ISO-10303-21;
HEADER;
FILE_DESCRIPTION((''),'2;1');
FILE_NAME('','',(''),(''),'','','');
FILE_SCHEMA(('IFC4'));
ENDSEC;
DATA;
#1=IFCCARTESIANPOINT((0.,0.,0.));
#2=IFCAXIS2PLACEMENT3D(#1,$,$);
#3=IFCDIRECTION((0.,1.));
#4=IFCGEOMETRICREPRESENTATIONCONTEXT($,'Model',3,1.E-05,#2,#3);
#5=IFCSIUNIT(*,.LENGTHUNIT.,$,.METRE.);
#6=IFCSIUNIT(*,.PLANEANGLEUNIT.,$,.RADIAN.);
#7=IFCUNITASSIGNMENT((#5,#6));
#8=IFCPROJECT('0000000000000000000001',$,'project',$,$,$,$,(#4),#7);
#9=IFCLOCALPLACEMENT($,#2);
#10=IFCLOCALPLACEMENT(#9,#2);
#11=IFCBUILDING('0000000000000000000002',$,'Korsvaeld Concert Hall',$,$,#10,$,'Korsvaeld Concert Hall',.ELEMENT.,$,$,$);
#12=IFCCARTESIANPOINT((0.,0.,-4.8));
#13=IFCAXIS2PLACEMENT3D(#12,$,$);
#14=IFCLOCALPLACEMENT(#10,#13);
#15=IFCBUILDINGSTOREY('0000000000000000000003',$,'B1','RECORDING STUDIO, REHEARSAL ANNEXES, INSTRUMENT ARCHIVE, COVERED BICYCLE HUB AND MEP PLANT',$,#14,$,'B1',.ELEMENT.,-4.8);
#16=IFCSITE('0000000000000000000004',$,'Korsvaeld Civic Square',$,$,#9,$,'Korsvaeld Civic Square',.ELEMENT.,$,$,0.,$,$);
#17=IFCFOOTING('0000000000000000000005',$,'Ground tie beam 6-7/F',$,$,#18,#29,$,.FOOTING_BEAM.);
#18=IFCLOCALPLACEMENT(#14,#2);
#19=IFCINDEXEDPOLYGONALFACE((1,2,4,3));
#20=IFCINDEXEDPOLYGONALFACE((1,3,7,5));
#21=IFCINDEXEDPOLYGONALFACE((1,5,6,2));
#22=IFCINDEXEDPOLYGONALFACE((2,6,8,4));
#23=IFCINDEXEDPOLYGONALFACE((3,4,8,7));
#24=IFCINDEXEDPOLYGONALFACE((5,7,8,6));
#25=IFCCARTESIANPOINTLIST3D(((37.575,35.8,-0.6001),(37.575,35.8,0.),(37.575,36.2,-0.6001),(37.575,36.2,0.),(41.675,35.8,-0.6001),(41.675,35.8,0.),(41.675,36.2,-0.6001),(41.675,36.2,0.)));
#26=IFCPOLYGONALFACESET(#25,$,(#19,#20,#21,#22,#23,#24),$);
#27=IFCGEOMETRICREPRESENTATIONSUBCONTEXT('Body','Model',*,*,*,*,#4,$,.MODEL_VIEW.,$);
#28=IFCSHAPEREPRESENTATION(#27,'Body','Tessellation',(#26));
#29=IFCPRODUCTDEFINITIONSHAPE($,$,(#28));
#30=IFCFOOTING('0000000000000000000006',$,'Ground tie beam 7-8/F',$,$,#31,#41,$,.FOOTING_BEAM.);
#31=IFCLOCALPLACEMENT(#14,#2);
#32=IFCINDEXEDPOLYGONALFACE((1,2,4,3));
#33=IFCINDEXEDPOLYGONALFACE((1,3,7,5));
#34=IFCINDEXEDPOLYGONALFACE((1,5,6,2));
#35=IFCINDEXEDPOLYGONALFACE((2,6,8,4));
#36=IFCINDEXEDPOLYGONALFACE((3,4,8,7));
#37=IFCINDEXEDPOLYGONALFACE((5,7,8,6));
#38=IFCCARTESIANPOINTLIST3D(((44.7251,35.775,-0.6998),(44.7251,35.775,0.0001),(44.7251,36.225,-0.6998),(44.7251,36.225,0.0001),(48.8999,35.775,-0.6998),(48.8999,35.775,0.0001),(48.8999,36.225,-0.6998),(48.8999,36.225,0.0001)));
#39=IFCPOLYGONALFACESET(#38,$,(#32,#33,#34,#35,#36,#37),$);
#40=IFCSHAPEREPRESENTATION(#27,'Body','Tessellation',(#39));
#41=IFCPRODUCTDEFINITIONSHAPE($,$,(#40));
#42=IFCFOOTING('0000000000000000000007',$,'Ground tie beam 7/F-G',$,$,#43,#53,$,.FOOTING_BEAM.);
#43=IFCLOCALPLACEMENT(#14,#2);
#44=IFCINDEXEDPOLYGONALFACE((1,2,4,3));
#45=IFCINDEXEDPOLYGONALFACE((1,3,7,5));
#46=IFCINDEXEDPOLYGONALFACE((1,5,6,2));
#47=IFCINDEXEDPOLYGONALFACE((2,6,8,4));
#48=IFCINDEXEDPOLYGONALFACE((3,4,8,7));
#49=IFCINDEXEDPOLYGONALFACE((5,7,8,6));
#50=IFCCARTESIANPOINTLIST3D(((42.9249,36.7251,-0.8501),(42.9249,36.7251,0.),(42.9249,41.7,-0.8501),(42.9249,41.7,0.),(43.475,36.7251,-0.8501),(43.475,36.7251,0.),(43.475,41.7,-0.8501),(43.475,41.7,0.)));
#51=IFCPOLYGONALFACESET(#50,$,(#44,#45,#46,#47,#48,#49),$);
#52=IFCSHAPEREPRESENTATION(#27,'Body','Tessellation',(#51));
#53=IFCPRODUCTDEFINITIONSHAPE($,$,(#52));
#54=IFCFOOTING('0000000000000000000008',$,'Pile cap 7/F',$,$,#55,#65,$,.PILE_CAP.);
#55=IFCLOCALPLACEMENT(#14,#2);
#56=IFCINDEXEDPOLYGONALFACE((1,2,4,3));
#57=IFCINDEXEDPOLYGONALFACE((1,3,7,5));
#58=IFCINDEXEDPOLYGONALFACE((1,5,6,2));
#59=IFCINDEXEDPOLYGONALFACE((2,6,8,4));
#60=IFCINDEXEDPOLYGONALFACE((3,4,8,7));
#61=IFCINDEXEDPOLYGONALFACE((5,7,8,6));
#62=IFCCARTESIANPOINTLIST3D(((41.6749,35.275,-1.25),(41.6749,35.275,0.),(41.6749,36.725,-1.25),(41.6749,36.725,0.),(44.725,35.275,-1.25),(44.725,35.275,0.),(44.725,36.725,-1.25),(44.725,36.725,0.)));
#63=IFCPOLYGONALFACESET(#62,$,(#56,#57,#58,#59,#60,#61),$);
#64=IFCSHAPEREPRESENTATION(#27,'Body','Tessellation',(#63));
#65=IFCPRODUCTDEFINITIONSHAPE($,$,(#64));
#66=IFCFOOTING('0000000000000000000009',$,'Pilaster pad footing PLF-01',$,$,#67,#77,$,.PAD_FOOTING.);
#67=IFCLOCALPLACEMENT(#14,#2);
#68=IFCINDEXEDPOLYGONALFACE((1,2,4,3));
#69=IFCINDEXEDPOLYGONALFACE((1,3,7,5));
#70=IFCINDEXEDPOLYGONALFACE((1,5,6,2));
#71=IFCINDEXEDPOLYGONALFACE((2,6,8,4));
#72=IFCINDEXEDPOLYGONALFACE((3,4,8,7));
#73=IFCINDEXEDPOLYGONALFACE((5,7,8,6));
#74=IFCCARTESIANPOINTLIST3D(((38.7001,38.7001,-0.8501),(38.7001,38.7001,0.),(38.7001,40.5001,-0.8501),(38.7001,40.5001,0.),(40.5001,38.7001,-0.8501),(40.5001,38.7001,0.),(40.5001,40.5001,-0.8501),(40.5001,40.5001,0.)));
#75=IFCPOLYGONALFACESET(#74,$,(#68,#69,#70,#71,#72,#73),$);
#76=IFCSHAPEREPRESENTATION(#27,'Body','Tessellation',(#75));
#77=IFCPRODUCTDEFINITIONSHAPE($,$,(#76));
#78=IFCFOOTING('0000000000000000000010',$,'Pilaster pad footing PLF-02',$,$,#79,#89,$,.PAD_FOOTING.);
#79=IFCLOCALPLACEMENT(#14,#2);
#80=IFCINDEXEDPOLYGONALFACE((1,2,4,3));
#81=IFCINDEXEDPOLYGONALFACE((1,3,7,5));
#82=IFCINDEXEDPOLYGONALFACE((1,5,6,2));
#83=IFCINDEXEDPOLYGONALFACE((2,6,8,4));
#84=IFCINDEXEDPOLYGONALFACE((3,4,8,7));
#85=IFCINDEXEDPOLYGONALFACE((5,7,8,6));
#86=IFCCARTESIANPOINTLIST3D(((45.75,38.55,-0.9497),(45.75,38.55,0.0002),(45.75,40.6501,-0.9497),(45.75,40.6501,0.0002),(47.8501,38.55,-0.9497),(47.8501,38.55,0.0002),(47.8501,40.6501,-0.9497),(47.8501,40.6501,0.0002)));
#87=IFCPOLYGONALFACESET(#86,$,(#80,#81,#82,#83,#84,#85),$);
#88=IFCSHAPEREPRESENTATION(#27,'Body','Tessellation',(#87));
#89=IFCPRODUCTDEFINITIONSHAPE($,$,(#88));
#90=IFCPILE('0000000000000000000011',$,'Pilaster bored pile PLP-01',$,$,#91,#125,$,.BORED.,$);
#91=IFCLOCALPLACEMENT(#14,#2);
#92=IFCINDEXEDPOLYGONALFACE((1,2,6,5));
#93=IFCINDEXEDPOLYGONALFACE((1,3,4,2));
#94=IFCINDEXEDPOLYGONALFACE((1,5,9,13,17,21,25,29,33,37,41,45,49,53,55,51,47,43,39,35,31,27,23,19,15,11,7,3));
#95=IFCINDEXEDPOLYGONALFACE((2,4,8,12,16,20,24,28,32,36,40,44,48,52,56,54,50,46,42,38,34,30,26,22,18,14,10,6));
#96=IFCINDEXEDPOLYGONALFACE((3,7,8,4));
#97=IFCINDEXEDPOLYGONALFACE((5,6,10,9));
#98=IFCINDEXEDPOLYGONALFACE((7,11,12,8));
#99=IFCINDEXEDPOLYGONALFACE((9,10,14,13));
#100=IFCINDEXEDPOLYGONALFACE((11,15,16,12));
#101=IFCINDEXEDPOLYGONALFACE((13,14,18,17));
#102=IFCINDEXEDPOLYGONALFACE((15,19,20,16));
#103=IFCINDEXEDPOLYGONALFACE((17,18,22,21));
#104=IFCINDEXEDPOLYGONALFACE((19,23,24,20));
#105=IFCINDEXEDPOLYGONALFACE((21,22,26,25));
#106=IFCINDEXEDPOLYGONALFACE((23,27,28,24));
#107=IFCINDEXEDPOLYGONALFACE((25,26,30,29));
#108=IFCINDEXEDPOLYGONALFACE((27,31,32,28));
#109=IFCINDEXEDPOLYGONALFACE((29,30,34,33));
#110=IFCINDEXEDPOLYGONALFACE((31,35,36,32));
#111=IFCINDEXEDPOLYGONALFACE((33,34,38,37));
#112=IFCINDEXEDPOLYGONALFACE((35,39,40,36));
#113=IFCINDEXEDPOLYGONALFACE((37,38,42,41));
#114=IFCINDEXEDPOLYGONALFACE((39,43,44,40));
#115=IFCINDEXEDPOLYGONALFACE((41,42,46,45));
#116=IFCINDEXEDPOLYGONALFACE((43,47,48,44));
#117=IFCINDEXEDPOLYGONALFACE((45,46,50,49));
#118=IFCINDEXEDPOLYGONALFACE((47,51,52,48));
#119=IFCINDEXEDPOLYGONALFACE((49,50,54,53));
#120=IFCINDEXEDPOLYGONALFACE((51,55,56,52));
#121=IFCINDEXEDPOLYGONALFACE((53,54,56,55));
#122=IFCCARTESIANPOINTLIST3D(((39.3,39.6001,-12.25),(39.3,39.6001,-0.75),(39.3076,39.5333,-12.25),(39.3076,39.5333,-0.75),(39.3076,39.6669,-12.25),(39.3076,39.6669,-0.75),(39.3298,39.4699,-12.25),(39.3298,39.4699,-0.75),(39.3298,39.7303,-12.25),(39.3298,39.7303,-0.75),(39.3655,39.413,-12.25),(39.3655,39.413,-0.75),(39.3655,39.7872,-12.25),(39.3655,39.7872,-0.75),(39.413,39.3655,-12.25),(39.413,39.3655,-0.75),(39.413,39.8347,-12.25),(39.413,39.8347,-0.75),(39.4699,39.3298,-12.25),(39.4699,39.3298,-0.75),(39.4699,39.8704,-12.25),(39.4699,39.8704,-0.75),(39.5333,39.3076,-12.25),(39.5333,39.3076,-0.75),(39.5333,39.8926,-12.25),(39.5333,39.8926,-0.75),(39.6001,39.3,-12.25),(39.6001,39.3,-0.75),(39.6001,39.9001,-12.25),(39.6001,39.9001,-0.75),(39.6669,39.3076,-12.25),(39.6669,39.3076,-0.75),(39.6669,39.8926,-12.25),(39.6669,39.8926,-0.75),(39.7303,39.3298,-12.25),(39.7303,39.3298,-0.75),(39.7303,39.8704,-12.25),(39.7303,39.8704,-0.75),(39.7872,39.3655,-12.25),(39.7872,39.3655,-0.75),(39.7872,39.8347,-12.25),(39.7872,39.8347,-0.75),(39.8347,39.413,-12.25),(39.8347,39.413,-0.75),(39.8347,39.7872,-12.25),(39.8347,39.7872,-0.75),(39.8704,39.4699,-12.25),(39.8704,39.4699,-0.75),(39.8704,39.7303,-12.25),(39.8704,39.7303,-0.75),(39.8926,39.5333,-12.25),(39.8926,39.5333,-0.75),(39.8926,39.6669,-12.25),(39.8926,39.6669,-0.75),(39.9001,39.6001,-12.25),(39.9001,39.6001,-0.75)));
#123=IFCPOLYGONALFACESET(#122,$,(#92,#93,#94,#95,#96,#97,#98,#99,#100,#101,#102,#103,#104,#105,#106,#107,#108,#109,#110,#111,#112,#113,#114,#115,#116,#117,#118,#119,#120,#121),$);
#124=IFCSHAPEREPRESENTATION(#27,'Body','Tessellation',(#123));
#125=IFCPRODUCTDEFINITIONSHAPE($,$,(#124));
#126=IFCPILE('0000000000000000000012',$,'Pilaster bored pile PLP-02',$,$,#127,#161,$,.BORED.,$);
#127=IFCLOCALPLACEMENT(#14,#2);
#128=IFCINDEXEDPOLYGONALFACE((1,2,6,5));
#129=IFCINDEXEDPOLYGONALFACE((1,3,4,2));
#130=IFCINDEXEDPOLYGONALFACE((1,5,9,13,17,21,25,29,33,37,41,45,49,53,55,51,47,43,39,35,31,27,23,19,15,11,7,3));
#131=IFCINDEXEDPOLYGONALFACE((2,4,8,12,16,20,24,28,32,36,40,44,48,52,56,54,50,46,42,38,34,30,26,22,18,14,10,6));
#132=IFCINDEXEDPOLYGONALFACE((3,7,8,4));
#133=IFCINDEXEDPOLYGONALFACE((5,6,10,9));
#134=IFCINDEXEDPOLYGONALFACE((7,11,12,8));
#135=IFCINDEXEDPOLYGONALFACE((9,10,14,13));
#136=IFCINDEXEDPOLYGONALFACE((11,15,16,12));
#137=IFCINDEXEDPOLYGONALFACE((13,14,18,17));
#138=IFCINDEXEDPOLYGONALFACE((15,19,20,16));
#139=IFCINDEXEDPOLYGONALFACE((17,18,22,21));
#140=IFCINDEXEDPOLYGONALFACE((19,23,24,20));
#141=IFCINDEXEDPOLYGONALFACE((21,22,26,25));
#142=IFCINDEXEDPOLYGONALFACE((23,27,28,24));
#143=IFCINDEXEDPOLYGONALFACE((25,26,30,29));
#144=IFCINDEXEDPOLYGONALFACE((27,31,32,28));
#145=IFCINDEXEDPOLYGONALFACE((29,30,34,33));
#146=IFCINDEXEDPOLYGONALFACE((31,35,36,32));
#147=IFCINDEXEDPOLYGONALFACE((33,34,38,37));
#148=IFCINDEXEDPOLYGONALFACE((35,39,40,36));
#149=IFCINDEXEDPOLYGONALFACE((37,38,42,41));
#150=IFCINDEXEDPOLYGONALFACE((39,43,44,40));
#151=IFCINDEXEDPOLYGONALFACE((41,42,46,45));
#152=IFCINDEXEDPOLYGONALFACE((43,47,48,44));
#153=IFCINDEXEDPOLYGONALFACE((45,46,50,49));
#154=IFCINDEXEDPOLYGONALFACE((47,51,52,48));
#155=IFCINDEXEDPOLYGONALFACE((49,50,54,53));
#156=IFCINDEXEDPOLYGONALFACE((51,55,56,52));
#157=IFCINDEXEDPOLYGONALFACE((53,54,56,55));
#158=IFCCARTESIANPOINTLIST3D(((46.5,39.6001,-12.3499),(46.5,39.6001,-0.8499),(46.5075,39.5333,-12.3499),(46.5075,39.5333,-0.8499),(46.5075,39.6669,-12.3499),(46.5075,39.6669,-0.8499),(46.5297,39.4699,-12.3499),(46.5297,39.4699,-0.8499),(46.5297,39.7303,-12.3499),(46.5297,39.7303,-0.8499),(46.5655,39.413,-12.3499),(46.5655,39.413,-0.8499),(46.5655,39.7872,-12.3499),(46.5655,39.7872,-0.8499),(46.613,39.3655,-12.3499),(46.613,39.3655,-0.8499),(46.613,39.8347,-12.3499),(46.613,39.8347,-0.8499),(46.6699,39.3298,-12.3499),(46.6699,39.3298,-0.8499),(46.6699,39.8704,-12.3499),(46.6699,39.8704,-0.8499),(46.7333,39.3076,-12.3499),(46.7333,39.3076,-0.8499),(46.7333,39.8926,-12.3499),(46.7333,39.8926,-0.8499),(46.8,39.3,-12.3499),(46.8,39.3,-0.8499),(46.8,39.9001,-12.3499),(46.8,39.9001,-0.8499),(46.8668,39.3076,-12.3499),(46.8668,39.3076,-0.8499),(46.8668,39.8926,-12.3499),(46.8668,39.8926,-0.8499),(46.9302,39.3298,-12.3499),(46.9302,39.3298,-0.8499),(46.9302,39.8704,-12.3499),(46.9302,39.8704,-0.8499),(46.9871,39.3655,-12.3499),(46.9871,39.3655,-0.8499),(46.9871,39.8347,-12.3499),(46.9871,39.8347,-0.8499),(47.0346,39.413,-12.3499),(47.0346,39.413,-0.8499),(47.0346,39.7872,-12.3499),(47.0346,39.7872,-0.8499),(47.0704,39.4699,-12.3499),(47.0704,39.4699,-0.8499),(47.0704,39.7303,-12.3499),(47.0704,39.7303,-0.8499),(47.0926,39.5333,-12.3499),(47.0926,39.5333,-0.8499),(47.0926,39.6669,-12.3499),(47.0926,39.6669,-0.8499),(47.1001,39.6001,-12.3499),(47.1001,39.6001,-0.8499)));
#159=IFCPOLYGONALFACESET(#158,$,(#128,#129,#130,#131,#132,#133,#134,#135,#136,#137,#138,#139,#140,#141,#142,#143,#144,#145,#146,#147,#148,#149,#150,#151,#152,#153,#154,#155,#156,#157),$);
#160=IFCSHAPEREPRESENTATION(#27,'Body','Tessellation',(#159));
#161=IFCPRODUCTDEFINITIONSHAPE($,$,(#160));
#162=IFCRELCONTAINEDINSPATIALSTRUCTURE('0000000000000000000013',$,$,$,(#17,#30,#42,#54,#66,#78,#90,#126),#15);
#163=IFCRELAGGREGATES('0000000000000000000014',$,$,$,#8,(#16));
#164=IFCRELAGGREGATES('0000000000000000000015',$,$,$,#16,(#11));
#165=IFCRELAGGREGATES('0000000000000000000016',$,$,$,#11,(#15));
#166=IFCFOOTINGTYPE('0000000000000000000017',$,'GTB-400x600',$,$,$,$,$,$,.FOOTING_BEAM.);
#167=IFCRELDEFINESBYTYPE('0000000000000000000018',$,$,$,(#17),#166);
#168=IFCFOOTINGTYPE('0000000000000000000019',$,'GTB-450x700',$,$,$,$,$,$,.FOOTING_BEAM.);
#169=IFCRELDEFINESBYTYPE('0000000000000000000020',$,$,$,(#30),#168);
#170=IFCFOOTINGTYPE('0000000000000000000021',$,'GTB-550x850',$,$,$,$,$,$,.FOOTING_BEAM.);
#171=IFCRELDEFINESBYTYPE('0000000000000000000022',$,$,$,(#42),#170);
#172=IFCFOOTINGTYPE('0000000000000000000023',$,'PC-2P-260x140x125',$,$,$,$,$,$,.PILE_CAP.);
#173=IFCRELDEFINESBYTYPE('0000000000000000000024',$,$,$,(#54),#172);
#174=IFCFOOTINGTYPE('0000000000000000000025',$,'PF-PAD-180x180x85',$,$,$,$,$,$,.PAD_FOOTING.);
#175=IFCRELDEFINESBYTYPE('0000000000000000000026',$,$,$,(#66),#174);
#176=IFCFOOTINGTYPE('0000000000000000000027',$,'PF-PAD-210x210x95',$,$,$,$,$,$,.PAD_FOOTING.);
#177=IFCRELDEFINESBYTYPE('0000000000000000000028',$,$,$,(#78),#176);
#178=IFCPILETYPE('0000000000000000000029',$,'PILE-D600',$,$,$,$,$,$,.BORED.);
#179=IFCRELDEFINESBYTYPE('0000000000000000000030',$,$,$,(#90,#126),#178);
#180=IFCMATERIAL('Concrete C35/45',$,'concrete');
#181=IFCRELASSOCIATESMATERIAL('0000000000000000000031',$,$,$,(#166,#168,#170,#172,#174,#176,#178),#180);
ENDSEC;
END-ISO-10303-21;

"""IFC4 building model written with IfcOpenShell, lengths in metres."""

from ifc_helpers import new_model, si_unit, direction, frame, origin, origin_2d, place, context, subcontext, project, spatial, rectangle, circle, extrude, material, material_profile, profile_set, type_object, element, save


model = new_model("IFC4")

# Units and contexts
model_context = context("Model", 3, precision=1e-05, world=origin(), true_north=direction((0.0, 1.0)))
body_context = subcontext(model_context, "Body", "Model", "MODEL_VIEW")
ifc_project = project(units=[si_unit("LENGTHUNIT", "METRE"), si_unit("PLANEANGLEUNIT", "RADIAN")], contexts=[model_context])

# Site, building, storey
site_placement = place(None, origin())
site = spatial("IfcSite", under=ifc_project, at=site_placement, Name="Korsvaeld Civic Square", LongName="Korsvaeld Civic Square", CompositionType="ELEMENT", RefElevation=0.0)
building_placement = place(site_placement, origin())
building = spatial("IfcBuilding", under=site, at=building_placement, Name="Korsvaeld Concert Hall", LongName="Korsvaeld Concert Hall", CompositionType="ELEMENT")
storey_placement = place(building_placement, frame((0.0, 0.0, -4.8)))
storey = spatial("IfcBuildingStorey", under=building, at=storey_placement, Name="B1", Description="RECORDING STUDIO, REHEARSAL ANNEXES, INSTRUMENT ARCHIVE, COVERED BICYCLE HUB AND MEP PLANT", LongName="B1", CompositionType="ELEMENT", Elevation=-4.8)

# Footings
ifc_material_1 = material(Name="Concrete C35/45", Category="concrete")
ifc_material_profile_1 = material_profile(ifc_material_1, rectangle(XDim=0.3999, YDim=0.6001, at=origin_2d()), Name="GTB 400x600")
ifc_profile_set_1 = profile_set([ifc_material_profile_1], Name="Concrete C35/45")
footing_type_1 = type_object("IfcFootingType", Name="GTB-400x600", PredefinedType="FOOTING_BEAM", material=ifc_profile_set_1)
footing_1_placement = place(storey_placement, frame((37.575, 36.0, -0.3), z_axis=(1.0, 0.0, 0.0), x_axis=(0.0, 1.0, 0.0)))
element("IfcFooting", 1, at=footing_1_placement, inside=storey, type_object=footing_type_1, Name="Ground tie beam 6-7/F", PredefinedType="FOOTING_BEAM", context=body_context, shape_type="SweptSolid", body=[
    extrude(rectangle(XDim=0.3999, YDim=0.6001, at=origin_2d()), origin(), (0.0, 0.0, 1.0), 4.1001),
])
ifc_material_profile_2 = material_profile(ifc_material_1, rectangle(XDim=0.45, YDim=0.7, at=origin_2d()), Name="GTB 450x700")
ifc_profile_set_2 = profile_set([ifc_material_profile_2], Name="Concrete C35/45")
footing_type_2 = type_object("IfcFootingType", Name="GTB-450x700", PredefinedType="FOOTING_BEAM", material=ifc_profile_set_2)
footing_2_placement = place(storey_placement, frame((44.7251, 36.0, -0.3499), z_axis=(1.0, 0.0, 0.0), x_axis=(0.0, 1.0, 0.0)))
element("IfcFooting", 2, at=footing_2_placement, inside=storey, type_object=footing_type_2, Name="Ground tie beam 7-8/F", PredefinedType="FOOTING_BEAM", context=body_context, shape_type="SweptSolid", body=[
    extrude(rectangle(XDim=0.45, YDim=0.7, at=origin_2d()), origin(), (0.0, 0.0, 1.0), 4.1748),
])
ifc_material_profile_3 = material_profile(ifc_material_1, rectangle(XDim=0.55, YDim=0.8501, at=origin_2d()), Name="GTB 550x850")
ifc_profile_set_3 = profile_set([ifc_material_profile_3], Name="Concrete C35/45")
footing_type_3 = type_object("IfcFootingType", Name="GTB-550x850", PredefinedType="FOOTING_BEAM", material=ifc_profile_set_3)
footing_3_placement = place(storey_placement, frame((43.2, 36.7251, -0.425), z_axis=(0.0, 1.0, 0.0), x_axis=(-1.0, 0.0, 0.0)))
element("IfcFooting", 3, at=footing_3_placement, inside=storey, type_object=footing_type_3, Name="Ground tie beam 7/F-G", PredefinedType="FOOTING_BEAM", context=body_context, shape_type="SweptSolid", body=[
    extrude(rectangle(XDim=0.55, YDim=0.8501, at=origin_2d()), origin(), (0.0, 0.0, 1.0), 4.9749),
])
footing_type_4 = type_object("IfcFootingType", Name="PC-2P-260x140x125", PredefinedType="PILE_CAP", material=ifc_material_1)
footing_4_placement = place(storey_placement, frame((43.2, 36.0, -1.25), z_axis=(0.0, 0.0, 1.0), x_axis=(1.0, 0.0, 0.0)))
element("IfcFooting", 4, at=footing_4_placement, inside=storey, type_object=footing_type_4, Name="Pile cap 7/F", PredefinedType="PILE_CAP", context=body_context, shape_type="SweptSolid", body=[
    extrude(rectangle(XDim=3.05, YDim=1.45, at=origin_2d()), origin(), (0.0, 0.0, 1.0), 1.25),
])
footing_type_5 = type_object("IfcFootingType", Name="PF-PAD-180x180x85", PredefinedType="PAD_FOOTING", material=ifc_material_1)
footing_5_placement = place(storey_placement, frame((39.6001, 39.6001, -0.8501), z_axis=(0.0, 0.0, 1.0), x_axis=(1.0, 0.0, 0.0)))
element("IfcFooting", 5, at=footing_5_placement, inside=storey, type_object=footing_type_5, Name="Pilaster pad footing PLF-01", PredefinedType="PAD_FOOTING", context=body_context, shape_type="SweptSolid", body=[
    extrude(rectangle(XDim=1.8, YDim=1.8, at=origin_2d()), origin(), (0.0, 0.0, 1.0), 0.8501),
])
footing_type_6 = type_object("IfcFootingType", Name="PF-PAD-210x210x95", PredefinedType="PAD_FOOTING", material=ifc_material_1)
footing_6_placement = place(storey_placement, frame((46.8, 39.6001, -0.9497), z_axis=(0.0, 0.0, 1.0), x_axis=(1.0, 0.0, 0.0)))
element("IfcFooting", 6, at=footing_6_placement, inside=storey, type_object=footing_type_6, Name="Pilaster pad footing PLF-02", PredefinedType="PAD_FOOTING", context=body_context, shape_type="SweptSolid", body=[
    extrude(rectangle(XDim=2.1001, YDim=2.1001, at=origin_2d()), origin(), (0.0, 0.0, 1.0), 0.95),
])

# Piles
ifc_material_profile_4 = material_profile(ifc_material_1, circle(Radius=0.3, at=origin_2d()), Name="BORED PILE D600")
ifc_profile_set_4 = profile_set([ifc_material_profile_4], Name="Concrete C35/45")
pile_type_1 = type_object("IfcPileType", Name="PILE-D600", PredefinedType="BORED", material=ifc_profile_set_4)
for number, where, z_axis, x_axis, name in (
    (7, (39.6001, 39.6001, -0.75), (0.0, 0.0, -1.0), (1.0, 0.0, 0.0), "Pilaster bored pile PLP-01"),
    (8, (46.8, 39.6001, -0.8499), (0.0, 0.0, -1.0), (1.0, 0.0, 0.0), "Pilaster bored pile PLP-02"),
):
    element("IfcPile", number, at=place(storey_placement, frame(where, z_axis=z_axis, x_axis=x_axis)), inside=storey, type_object=pile_type_1, Name=name, PredefinedType="BORED", context=body_context, shape_type="SweptSolid", body=[
        extrude(circle(Radius=0.3, at=origin_2d()), origin(), (0.0, 0.0, 1.0), 11.5),
    ])

save(model, "model.ifc")
